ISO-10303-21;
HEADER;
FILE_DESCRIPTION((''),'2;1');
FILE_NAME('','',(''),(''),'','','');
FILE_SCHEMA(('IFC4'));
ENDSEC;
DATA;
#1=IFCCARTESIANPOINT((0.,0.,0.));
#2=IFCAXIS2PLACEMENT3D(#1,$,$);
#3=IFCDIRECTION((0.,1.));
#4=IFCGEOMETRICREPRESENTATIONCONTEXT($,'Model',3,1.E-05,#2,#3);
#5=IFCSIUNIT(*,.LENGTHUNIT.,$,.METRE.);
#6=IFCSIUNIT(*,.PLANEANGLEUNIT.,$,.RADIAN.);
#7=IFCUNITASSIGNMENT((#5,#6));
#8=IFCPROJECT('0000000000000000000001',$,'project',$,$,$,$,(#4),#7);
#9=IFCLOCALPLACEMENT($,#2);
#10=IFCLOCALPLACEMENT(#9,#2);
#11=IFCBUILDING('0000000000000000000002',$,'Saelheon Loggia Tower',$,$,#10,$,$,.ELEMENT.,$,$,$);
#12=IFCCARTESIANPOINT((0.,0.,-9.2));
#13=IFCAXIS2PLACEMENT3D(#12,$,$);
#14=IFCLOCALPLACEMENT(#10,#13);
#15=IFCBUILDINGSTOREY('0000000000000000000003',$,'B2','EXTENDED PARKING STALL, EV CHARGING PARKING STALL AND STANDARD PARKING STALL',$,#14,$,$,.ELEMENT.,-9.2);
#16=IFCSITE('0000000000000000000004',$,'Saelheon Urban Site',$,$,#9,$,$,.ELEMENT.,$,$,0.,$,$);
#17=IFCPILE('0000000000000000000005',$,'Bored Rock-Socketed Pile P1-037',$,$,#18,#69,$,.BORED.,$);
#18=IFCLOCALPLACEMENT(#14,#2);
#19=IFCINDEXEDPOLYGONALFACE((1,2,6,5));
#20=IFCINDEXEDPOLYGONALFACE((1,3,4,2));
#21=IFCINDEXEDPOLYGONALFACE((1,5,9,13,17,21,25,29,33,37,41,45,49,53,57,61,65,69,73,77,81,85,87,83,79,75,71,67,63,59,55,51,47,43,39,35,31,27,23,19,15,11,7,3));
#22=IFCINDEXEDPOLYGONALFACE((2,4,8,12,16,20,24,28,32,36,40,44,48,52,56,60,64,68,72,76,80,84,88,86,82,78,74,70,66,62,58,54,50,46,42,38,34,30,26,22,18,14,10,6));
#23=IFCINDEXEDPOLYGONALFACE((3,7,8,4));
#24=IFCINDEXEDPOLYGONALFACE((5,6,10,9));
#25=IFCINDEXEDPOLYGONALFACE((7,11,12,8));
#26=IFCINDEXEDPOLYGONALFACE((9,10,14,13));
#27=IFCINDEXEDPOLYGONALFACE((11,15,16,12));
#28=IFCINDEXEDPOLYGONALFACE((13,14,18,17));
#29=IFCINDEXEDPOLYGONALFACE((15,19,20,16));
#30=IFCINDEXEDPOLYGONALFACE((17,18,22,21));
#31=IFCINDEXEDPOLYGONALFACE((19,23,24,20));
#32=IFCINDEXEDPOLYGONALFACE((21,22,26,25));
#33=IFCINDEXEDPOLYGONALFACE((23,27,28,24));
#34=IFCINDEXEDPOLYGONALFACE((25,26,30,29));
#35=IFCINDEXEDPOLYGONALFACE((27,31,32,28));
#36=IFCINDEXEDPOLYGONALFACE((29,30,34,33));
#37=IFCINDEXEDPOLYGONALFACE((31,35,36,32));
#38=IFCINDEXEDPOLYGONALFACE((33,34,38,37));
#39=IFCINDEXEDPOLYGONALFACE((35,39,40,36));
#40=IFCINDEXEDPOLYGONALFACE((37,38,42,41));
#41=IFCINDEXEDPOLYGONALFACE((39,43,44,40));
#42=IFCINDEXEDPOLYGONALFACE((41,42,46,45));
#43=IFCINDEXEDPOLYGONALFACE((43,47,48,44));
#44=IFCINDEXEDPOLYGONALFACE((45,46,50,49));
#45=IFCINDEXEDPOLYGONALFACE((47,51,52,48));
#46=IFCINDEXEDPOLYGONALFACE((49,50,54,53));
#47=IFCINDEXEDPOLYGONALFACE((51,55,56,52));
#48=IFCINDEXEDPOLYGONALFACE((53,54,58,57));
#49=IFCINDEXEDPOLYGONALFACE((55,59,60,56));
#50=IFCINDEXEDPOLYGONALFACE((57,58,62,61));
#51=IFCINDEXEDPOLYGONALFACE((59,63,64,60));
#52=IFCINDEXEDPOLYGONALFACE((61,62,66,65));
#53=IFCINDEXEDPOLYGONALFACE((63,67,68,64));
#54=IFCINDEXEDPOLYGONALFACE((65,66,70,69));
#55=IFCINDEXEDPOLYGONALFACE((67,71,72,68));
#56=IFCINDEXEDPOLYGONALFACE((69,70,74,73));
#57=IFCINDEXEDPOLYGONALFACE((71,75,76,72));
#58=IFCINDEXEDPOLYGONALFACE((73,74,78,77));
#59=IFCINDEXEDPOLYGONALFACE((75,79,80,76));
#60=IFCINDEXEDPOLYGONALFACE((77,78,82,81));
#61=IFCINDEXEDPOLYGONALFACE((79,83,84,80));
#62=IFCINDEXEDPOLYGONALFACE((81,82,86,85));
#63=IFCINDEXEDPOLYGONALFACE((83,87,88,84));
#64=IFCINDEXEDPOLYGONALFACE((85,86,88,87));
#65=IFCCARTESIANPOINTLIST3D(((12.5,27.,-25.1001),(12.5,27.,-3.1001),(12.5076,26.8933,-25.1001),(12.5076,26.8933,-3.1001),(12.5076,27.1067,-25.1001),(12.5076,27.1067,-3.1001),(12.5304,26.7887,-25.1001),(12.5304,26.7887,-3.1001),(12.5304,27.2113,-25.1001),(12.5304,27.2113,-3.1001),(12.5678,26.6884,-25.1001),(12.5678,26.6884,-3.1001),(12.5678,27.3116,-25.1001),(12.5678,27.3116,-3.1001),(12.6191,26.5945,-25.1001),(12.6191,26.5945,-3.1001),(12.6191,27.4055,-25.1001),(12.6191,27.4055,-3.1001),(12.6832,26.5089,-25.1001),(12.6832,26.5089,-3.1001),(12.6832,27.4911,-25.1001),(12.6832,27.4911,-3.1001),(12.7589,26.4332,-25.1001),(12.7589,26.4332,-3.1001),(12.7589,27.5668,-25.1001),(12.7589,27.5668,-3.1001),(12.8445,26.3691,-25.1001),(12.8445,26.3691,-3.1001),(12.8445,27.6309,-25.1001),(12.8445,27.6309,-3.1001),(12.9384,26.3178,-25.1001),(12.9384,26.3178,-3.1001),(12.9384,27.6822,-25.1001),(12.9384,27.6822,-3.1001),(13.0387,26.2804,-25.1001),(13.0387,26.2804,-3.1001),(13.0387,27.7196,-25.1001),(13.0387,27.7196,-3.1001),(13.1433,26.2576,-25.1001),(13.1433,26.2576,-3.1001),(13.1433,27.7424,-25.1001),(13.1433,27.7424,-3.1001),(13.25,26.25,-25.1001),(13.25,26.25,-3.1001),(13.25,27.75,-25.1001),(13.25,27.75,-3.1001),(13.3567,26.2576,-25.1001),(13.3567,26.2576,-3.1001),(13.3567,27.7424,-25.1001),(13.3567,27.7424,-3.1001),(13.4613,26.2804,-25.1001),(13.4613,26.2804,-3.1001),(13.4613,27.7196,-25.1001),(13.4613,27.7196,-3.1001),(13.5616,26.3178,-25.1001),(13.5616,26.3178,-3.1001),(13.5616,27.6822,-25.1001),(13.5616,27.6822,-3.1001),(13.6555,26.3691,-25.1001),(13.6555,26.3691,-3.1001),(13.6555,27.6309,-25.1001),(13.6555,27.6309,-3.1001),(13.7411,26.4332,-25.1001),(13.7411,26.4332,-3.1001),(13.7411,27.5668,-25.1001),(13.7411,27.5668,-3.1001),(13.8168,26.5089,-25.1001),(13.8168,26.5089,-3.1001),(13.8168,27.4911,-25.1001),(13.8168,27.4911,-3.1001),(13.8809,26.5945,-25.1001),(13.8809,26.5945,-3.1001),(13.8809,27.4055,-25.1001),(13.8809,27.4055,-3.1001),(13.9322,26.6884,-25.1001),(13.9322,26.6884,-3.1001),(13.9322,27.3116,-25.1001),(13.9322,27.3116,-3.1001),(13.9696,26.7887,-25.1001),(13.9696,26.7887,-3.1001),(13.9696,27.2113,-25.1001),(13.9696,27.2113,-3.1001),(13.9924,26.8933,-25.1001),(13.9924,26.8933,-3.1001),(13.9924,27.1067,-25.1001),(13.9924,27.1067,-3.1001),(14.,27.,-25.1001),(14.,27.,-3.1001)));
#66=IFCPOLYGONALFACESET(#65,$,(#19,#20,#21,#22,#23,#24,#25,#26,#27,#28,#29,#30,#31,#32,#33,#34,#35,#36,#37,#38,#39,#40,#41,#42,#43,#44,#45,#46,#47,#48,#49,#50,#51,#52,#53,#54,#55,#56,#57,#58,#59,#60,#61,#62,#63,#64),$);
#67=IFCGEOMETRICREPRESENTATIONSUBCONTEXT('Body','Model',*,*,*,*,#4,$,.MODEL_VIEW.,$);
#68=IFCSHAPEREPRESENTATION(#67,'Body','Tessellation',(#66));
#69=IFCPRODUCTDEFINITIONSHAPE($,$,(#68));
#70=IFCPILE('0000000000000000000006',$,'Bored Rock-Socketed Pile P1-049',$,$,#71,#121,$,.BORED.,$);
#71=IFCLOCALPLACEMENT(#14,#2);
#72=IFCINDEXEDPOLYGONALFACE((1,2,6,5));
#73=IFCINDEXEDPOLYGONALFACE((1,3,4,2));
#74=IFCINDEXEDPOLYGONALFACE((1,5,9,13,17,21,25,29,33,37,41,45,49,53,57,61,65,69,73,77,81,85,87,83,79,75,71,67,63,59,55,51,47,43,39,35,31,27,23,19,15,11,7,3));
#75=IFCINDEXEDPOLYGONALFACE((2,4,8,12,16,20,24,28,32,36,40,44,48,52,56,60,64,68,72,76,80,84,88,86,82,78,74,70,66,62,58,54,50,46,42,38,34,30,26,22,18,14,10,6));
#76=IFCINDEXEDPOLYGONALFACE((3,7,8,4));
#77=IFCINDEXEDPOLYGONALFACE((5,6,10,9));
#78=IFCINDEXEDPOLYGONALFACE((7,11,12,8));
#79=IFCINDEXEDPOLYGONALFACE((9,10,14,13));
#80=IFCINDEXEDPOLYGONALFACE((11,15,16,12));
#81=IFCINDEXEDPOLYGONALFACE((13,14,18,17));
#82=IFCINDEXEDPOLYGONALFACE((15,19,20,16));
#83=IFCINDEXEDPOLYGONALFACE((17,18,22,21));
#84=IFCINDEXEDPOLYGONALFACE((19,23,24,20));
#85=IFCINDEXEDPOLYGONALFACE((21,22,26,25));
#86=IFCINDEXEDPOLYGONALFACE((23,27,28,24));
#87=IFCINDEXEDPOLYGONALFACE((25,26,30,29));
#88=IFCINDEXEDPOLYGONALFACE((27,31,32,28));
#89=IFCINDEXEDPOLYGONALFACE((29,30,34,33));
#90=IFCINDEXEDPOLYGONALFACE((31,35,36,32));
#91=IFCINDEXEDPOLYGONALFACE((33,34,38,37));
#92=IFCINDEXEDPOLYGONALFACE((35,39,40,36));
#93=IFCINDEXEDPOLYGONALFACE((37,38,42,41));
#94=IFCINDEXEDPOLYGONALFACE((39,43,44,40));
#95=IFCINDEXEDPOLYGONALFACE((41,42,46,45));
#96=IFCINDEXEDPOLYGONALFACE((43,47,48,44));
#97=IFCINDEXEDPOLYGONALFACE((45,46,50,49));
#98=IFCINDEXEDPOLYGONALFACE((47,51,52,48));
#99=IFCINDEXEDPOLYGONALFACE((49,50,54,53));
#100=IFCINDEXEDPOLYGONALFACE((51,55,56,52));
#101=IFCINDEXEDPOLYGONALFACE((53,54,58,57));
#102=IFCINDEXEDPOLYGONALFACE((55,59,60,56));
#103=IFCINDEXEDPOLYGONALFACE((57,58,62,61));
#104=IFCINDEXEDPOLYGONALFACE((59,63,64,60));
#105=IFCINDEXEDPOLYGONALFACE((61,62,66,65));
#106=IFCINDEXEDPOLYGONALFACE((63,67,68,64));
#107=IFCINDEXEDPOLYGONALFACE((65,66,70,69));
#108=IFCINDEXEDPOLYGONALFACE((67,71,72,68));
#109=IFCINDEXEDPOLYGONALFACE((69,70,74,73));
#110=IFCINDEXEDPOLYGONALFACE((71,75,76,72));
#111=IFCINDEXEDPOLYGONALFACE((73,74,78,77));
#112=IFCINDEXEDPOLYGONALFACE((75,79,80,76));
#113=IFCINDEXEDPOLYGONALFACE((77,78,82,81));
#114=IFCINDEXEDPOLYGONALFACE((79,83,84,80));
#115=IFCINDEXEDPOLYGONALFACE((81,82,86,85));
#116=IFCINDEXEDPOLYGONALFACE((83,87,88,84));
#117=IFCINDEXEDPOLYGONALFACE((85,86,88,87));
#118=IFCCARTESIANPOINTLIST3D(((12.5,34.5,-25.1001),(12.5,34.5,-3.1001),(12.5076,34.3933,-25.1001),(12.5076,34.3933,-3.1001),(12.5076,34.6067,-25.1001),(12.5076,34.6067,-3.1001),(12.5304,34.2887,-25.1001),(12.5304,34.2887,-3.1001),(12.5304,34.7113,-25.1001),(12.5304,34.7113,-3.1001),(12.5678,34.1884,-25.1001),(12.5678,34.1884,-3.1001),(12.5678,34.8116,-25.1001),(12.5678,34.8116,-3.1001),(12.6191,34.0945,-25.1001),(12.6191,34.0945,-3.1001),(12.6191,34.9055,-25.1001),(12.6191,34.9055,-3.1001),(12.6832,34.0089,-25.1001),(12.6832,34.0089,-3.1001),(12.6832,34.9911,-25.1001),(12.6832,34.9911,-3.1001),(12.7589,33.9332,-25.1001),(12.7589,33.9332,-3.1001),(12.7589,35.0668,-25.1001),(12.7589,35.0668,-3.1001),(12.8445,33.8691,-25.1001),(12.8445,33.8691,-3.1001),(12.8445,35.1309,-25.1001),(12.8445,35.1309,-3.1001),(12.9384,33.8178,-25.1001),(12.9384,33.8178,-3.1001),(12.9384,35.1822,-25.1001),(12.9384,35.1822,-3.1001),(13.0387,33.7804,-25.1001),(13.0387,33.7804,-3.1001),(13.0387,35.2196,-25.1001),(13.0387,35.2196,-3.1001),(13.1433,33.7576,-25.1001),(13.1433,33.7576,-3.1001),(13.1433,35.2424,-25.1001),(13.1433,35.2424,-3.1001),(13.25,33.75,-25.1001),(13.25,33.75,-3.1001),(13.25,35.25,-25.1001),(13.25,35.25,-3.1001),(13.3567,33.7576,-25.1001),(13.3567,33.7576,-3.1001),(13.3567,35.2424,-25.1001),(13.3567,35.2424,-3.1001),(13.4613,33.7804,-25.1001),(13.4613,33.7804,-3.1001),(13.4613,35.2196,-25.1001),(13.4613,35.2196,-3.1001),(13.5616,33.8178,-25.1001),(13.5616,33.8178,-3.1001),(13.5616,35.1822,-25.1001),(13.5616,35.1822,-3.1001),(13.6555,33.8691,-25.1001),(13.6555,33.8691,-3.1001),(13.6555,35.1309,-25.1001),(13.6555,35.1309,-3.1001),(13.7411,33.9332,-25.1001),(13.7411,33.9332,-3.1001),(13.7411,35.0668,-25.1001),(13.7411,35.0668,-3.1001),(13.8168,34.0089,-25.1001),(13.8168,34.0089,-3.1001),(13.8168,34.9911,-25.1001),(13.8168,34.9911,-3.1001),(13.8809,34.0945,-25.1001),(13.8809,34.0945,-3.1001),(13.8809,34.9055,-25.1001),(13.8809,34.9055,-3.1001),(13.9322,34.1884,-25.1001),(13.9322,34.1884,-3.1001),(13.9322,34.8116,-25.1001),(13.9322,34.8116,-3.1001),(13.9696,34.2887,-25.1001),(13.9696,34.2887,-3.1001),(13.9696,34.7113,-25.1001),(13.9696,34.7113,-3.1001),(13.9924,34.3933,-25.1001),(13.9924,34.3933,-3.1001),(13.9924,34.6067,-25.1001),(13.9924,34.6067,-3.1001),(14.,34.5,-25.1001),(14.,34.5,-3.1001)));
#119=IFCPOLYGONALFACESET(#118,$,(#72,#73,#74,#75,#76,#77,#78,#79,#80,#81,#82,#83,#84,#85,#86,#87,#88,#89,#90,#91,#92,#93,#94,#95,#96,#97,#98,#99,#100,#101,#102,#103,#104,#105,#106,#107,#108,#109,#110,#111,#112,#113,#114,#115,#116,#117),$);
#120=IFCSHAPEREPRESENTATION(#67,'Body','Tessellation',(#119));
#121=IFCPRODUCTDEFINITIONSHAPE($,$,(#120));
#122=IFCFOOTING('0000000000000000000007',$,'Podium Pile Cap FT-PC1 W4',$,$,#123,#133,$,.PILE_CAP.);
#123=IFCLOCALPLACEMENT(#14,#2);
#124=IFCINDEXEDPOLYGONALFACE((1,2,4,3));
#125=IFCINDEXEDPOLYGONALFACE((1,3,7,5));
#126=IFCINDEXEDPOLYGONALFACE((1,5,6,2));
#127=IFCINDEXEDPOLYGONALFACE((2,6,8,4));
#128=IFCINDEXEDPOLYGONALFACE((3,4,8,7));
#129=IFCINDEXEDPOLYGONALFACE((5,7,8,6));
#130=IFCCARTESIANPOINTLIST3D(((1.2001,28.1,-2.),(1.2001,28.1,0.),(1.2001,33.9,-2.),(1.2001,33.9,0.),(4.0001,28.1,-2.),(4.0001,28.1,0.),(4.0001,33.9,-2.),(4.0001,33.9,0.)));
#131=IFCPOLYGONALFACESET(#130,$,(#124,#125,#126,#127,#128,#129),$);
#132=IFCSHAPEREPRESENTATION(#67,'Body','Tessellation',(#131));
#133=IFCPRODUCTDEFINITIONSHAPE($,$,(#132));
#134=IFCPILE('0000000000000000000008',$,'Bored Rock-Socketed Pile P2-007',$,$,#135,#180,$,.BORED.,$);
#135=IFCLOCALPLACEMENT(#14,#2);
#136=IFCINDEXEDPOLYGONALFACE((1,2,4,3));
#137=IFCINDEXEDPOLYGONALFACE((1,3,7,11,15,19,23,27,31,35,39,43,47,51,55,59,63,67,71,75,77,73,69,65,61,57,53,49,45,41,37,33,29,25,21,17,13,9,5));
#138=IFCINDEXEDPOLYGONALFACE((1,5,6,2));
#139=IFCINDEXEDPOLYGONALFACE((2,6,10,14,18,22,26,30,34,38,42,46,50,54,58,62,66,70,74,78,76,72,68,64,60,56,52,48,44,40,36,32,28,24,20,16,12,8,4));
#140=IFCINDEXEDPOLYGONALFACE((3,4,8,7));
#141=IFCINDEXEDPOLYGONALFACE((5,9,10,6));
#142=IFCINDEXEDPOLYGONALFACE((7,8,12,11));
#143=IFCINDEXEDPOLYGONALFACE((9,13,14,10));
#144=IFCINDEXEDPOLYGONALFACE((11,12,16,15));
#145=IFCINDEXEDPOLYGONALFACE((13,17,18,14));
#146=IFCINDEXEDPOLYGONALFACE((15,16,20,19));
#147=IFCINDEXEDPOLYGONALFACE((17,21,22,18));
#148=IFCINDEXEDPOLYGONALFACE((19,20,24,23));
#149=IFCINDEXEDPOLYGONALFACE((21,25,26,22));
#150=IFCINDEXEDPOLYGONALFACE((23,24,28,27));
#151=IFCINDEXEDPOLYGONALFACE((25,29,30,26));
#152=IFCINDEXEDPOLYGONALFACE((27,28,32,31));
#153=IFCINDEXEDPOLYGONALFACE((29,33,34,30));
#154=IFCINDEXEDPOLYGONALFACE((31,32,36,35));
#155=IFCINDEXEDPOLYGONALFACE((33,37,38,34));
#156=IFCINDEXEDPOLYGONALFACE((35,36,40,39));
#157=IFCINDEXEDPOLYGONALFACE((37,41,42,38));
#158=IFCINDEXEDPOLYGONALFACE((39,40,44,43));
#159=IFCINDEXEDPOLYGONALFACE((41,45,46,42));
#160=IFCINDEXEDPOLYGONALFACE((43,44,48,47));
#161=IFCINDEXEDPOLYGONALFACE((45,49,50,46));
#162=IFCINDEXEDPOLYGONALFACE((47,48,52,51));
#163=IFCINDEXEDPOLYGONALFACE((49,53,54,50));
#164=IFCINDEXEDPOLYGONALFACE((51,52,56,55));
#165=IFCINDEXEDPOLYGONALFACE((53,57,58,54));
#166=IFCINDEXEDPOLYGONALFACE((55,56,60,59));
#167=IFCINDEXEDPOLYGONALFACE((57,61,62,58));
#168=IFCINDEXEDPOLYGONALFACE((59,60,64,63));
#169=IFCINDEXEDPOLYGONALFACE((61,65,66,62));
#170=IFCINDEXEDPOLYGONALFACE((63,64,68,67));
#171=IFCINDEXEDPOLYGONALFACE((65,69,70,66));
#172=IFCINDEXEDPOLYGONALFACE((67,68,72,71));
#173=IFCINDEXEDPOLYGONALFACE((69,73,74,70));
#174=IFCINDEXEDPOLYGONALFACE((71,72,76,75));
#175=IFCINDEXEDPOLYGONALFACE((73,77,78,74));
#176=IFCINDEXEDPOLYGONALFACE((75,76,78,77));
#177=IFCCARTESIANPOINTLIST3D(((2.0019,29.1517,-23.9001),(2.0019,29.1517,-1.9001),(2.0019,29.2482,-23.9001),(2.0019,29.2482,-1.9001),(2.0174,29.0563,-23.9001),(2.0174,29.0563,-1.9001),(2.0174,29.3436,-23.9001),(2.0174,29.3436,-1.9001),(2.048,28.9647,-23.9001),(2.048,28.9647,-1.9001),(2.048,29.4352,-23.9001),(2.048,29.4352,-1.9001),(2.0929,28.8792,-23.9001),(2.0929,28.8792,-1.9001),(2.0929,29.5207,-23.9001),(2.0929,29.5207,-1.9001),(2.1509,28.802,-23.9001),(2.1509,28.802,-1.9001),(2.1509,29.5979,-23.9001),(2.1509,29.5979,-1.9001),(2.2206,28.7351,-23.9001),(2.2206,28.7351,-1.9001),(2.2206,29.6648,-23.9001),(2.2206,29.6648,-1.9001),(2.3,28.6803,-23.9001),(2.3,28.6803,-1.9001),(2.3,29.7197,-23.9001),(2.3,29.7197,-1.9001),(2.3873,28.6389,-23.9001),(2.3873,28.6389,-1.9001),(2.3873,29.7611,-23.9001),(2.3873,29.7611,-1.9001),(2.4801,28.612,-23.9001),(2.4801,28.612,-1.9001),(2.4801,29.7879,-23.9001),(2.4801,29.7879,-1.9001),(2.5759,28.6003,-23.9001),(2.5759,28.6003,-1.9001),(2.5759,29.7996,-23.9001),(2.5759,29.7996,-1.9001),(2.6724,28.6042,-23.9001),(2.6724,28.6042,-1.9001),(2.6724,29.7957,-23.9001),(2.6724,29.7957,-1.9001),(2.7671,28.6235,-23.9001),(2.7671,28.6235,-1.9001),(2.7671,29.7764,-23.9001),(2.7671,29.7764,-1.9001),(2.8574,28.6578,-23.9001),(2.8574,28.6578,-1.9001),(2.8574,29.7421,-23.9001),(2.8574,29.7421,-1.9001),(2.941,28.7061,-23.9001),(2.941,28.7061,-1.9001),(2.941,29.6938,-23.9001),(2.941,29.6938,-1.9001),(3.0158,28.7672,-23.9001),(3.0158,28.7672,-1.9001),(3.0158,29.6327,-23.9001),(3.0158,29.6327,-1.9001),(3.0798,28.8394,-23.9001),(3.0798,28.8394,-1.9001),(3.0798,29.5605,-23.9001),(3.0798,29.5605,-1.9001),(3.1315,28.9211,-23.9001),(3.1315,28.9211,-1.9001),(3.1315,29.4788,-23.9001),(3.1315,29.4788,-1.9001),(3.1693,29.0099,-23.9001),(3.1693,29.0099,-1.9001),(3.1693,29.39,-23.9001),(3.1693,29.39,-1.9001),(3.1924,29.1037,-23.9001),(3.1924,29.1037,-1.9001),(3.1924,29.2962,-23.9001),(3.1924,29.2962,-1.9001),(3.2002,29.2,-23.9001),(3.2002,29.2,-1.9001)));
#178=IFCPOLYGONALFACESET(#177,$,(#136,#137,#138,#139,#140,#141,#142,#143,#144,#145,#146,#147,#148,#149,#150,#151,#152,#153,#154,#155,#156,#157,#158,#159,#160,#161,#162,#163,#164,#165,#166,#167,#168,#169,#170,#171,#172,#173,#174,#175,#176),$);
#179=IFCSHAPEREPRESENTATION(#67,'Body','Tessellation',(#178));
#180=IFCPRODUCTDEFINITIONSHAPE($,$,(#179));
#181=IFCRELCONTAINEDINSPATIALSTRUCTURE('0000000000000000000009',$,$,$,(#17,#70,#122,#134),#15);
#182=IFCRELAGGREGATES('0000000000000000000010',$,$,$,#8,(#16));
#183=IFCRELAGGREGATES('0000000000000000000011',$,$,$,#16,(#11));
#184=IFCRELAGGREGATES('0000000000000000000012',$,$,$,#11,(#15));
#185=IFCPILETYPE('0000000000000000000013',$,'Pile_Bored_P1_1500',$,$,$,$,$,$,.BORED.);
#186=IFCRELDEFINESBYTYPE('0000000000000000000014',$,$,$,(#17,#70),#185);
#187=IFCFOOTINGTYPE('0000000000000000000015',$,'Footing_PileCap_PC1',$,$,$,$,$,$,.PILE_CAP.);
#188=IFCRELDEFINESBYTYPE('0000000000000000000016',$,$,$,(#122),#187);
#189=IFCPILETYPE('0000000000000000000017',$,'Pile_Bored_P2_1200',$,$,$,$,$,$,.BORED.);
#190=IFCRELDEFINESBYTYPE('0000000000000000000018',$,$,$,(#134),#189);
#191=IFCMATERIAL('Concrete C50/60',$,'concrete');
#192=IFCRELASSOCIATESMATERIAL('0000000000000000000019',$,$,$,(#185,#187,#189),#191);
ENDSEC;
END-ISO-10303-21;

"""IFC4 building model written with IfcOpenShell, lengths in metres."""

from ifc_helpers import new_model, si_unit, direction, frame, origin, origin_2d, place, context, subcontext, project, spatial, rectangle, circle, extrude, source, transform, mapped, material, material_profile, profile_set, type_object, element, save


model = new_model("IFC4")

# Units and contexts
model_context = context("Model", 3, precision=1e-05, world=origin(), true_north=direction((0.0, 1.0)))
body_context = subcontext(model_context, "Body", "Model", "MODEL_VIEW")
ifc_project = project(units=[si_unit("LENGTHUNIT", "METRE"), si_unit("PLANEANGLEUNIT", "RADIAN")], contexts=[model_context])

# Site, building, storey
site_placement = place(None, origin())
site = spatial("IfcSite", under=ifc_project, at=site_placement, Name="Saelheon Urban Site", CompositionType="ELEMENT", RefElevation=0.0)
building_placement = place(site_placement, origin())
building = spatial("IfcBuilding", under=site, at=building_placement, Name="Saelheon Loggia Tower", CompositionType="ELEMENT")
storey_placement = place(building_placement, frame((0.0, 0.0, -9.2)))
storey = spatial("IfcBuildingStorey", under=building, at=storey_placement, Name="B2", Description="EXTENDED PARKING STALL, EV CHARGING PARKING STALL AND STANDARD PARKING STALL", CompositionType="ELEMENT", Elevation=-9.2)

# Piles
ifc_material_1 = material(Name="Concrete C50/60", Category="concrete")
ifc_material_profile_1 = material_profile(ifc_material_1, circle(Radius=0.75, at=origin_2d()), Name="CIRC-1500")
ifc_profile_set_1 = profile_set([ifc_material_profile_1], Name="Concrete C50/60")
pile_type_1 = type_object("IfcPileType", Name="Pile_Bored_P1_1500", PredefinedType="BORED", material=ifc_profile_set_1)
shared_shape_1 = source(origin(), body_context, "Body", "SweptSolid", [
    extrude(circle(Radius=0.75, at=origin_2d()), origin(), (0.0, 0.0, 1.0), 22.0),
])
for number, where, z_axis, x_axis, name in (
    (1, (13.25, 27.0, -3.1001), (0.0, 0.0, -1.0), (1.0, 0.0, 0.0), "Bored Rock-Socketed Pile P1-037"),
    (2, (13.25, 34.5, -3.1001), (0.0, 0.0, -1.0), (1.0, 0.0, 0.0), "Bored Rock-Socketed Pile P1-049"),
):
    element("IfcPile", number, at=place(storey_placement, frame(where, z_axis=z_axis, x_axis=x_axis)), inside=storey, type_object=pile_type_1, Name=name, PredefinedType="BORED", context=body_context, shape_type="MappedRepresentation", body=[
        mapped(shared_shape_1, transform((0.0, 0.0, 0.0), scale=1.0)),
    ])

# Footing
footing_type_1 = type_object("IfcFootingType", Name="Footing_PileCap_PC1", PredefinedType="PILE_CAP", material=ifc_material_1)
shared_shape_2 = source(origin(), body_context, "Body", "SweptSolid", [
    extrude(rectangle(XDim=2.8, YDim=5.8, at=origin_2d()), origin(), (0.0, 0.0, 1.0), 2.0),
])
footing_1_placement = place(storey_placement, frame((2.6001, 31.0, -2.0), z_axis=(0.0, 0.0, 1.0), x_axis=(1.0, 0.0, 0.0)))
element("IfcFooting", 3, at=footing_1_placement, inside=storey, type_object=footing_type_1, Name="Podium Pile Cap FT-PC1 W4", PredefinedType="PILE_CAP", context=body_context, shape_type="MappedRepresentation", body=[
    mapped(shared_shape_2, transform((0.0, 0.0, 0.0), scale=1.0)),
])

# Pile
ifc_material_profile_2 = material_profile(ifc_material_1, circle(Radius=0.6001, at=origin_2d()), Name="CIRC-1200")
ifc_profile_set_2 = profile_set([ifc_material_profile_2], Name="Concrete C50/60")
pile_type_2 = type_object("IfcPileType", Name="Pile_Bored_P2_1200", PredefinedType="BORED", material=ifc_profile_set_2)
shared_shape_3 = source(origin(), body_context, "Body", "SweptSolid", [
    extrude(circle(Radius=0.6001, at=origin_2d()), origin(), (0.0, 0.0, 1.0), 22.0),
])
for number, where, z_axis, x_axis, name in (
    (4, (2.6001, 29.2, -1.9001), (0.0, 0.0, -1.0), (1.0, 0.0, 0.0), "Bored Rock-Socketed Pile P2-007"),
):
    element("IfcPile", number, at=place(storey_placement, frame(where, z_axis=z_axis, x_axis=x_axis)), inside=storey, type_object=pile_type_2, Name=name, PredefinedType="BORED", context=body_context, shape_type="MappedRepresentation", body=[
        mapped(shared_shape_3, transform((0.0, 0.0, 0.0), scale=1.0)),
    ])

save(model, "model.ifc")
